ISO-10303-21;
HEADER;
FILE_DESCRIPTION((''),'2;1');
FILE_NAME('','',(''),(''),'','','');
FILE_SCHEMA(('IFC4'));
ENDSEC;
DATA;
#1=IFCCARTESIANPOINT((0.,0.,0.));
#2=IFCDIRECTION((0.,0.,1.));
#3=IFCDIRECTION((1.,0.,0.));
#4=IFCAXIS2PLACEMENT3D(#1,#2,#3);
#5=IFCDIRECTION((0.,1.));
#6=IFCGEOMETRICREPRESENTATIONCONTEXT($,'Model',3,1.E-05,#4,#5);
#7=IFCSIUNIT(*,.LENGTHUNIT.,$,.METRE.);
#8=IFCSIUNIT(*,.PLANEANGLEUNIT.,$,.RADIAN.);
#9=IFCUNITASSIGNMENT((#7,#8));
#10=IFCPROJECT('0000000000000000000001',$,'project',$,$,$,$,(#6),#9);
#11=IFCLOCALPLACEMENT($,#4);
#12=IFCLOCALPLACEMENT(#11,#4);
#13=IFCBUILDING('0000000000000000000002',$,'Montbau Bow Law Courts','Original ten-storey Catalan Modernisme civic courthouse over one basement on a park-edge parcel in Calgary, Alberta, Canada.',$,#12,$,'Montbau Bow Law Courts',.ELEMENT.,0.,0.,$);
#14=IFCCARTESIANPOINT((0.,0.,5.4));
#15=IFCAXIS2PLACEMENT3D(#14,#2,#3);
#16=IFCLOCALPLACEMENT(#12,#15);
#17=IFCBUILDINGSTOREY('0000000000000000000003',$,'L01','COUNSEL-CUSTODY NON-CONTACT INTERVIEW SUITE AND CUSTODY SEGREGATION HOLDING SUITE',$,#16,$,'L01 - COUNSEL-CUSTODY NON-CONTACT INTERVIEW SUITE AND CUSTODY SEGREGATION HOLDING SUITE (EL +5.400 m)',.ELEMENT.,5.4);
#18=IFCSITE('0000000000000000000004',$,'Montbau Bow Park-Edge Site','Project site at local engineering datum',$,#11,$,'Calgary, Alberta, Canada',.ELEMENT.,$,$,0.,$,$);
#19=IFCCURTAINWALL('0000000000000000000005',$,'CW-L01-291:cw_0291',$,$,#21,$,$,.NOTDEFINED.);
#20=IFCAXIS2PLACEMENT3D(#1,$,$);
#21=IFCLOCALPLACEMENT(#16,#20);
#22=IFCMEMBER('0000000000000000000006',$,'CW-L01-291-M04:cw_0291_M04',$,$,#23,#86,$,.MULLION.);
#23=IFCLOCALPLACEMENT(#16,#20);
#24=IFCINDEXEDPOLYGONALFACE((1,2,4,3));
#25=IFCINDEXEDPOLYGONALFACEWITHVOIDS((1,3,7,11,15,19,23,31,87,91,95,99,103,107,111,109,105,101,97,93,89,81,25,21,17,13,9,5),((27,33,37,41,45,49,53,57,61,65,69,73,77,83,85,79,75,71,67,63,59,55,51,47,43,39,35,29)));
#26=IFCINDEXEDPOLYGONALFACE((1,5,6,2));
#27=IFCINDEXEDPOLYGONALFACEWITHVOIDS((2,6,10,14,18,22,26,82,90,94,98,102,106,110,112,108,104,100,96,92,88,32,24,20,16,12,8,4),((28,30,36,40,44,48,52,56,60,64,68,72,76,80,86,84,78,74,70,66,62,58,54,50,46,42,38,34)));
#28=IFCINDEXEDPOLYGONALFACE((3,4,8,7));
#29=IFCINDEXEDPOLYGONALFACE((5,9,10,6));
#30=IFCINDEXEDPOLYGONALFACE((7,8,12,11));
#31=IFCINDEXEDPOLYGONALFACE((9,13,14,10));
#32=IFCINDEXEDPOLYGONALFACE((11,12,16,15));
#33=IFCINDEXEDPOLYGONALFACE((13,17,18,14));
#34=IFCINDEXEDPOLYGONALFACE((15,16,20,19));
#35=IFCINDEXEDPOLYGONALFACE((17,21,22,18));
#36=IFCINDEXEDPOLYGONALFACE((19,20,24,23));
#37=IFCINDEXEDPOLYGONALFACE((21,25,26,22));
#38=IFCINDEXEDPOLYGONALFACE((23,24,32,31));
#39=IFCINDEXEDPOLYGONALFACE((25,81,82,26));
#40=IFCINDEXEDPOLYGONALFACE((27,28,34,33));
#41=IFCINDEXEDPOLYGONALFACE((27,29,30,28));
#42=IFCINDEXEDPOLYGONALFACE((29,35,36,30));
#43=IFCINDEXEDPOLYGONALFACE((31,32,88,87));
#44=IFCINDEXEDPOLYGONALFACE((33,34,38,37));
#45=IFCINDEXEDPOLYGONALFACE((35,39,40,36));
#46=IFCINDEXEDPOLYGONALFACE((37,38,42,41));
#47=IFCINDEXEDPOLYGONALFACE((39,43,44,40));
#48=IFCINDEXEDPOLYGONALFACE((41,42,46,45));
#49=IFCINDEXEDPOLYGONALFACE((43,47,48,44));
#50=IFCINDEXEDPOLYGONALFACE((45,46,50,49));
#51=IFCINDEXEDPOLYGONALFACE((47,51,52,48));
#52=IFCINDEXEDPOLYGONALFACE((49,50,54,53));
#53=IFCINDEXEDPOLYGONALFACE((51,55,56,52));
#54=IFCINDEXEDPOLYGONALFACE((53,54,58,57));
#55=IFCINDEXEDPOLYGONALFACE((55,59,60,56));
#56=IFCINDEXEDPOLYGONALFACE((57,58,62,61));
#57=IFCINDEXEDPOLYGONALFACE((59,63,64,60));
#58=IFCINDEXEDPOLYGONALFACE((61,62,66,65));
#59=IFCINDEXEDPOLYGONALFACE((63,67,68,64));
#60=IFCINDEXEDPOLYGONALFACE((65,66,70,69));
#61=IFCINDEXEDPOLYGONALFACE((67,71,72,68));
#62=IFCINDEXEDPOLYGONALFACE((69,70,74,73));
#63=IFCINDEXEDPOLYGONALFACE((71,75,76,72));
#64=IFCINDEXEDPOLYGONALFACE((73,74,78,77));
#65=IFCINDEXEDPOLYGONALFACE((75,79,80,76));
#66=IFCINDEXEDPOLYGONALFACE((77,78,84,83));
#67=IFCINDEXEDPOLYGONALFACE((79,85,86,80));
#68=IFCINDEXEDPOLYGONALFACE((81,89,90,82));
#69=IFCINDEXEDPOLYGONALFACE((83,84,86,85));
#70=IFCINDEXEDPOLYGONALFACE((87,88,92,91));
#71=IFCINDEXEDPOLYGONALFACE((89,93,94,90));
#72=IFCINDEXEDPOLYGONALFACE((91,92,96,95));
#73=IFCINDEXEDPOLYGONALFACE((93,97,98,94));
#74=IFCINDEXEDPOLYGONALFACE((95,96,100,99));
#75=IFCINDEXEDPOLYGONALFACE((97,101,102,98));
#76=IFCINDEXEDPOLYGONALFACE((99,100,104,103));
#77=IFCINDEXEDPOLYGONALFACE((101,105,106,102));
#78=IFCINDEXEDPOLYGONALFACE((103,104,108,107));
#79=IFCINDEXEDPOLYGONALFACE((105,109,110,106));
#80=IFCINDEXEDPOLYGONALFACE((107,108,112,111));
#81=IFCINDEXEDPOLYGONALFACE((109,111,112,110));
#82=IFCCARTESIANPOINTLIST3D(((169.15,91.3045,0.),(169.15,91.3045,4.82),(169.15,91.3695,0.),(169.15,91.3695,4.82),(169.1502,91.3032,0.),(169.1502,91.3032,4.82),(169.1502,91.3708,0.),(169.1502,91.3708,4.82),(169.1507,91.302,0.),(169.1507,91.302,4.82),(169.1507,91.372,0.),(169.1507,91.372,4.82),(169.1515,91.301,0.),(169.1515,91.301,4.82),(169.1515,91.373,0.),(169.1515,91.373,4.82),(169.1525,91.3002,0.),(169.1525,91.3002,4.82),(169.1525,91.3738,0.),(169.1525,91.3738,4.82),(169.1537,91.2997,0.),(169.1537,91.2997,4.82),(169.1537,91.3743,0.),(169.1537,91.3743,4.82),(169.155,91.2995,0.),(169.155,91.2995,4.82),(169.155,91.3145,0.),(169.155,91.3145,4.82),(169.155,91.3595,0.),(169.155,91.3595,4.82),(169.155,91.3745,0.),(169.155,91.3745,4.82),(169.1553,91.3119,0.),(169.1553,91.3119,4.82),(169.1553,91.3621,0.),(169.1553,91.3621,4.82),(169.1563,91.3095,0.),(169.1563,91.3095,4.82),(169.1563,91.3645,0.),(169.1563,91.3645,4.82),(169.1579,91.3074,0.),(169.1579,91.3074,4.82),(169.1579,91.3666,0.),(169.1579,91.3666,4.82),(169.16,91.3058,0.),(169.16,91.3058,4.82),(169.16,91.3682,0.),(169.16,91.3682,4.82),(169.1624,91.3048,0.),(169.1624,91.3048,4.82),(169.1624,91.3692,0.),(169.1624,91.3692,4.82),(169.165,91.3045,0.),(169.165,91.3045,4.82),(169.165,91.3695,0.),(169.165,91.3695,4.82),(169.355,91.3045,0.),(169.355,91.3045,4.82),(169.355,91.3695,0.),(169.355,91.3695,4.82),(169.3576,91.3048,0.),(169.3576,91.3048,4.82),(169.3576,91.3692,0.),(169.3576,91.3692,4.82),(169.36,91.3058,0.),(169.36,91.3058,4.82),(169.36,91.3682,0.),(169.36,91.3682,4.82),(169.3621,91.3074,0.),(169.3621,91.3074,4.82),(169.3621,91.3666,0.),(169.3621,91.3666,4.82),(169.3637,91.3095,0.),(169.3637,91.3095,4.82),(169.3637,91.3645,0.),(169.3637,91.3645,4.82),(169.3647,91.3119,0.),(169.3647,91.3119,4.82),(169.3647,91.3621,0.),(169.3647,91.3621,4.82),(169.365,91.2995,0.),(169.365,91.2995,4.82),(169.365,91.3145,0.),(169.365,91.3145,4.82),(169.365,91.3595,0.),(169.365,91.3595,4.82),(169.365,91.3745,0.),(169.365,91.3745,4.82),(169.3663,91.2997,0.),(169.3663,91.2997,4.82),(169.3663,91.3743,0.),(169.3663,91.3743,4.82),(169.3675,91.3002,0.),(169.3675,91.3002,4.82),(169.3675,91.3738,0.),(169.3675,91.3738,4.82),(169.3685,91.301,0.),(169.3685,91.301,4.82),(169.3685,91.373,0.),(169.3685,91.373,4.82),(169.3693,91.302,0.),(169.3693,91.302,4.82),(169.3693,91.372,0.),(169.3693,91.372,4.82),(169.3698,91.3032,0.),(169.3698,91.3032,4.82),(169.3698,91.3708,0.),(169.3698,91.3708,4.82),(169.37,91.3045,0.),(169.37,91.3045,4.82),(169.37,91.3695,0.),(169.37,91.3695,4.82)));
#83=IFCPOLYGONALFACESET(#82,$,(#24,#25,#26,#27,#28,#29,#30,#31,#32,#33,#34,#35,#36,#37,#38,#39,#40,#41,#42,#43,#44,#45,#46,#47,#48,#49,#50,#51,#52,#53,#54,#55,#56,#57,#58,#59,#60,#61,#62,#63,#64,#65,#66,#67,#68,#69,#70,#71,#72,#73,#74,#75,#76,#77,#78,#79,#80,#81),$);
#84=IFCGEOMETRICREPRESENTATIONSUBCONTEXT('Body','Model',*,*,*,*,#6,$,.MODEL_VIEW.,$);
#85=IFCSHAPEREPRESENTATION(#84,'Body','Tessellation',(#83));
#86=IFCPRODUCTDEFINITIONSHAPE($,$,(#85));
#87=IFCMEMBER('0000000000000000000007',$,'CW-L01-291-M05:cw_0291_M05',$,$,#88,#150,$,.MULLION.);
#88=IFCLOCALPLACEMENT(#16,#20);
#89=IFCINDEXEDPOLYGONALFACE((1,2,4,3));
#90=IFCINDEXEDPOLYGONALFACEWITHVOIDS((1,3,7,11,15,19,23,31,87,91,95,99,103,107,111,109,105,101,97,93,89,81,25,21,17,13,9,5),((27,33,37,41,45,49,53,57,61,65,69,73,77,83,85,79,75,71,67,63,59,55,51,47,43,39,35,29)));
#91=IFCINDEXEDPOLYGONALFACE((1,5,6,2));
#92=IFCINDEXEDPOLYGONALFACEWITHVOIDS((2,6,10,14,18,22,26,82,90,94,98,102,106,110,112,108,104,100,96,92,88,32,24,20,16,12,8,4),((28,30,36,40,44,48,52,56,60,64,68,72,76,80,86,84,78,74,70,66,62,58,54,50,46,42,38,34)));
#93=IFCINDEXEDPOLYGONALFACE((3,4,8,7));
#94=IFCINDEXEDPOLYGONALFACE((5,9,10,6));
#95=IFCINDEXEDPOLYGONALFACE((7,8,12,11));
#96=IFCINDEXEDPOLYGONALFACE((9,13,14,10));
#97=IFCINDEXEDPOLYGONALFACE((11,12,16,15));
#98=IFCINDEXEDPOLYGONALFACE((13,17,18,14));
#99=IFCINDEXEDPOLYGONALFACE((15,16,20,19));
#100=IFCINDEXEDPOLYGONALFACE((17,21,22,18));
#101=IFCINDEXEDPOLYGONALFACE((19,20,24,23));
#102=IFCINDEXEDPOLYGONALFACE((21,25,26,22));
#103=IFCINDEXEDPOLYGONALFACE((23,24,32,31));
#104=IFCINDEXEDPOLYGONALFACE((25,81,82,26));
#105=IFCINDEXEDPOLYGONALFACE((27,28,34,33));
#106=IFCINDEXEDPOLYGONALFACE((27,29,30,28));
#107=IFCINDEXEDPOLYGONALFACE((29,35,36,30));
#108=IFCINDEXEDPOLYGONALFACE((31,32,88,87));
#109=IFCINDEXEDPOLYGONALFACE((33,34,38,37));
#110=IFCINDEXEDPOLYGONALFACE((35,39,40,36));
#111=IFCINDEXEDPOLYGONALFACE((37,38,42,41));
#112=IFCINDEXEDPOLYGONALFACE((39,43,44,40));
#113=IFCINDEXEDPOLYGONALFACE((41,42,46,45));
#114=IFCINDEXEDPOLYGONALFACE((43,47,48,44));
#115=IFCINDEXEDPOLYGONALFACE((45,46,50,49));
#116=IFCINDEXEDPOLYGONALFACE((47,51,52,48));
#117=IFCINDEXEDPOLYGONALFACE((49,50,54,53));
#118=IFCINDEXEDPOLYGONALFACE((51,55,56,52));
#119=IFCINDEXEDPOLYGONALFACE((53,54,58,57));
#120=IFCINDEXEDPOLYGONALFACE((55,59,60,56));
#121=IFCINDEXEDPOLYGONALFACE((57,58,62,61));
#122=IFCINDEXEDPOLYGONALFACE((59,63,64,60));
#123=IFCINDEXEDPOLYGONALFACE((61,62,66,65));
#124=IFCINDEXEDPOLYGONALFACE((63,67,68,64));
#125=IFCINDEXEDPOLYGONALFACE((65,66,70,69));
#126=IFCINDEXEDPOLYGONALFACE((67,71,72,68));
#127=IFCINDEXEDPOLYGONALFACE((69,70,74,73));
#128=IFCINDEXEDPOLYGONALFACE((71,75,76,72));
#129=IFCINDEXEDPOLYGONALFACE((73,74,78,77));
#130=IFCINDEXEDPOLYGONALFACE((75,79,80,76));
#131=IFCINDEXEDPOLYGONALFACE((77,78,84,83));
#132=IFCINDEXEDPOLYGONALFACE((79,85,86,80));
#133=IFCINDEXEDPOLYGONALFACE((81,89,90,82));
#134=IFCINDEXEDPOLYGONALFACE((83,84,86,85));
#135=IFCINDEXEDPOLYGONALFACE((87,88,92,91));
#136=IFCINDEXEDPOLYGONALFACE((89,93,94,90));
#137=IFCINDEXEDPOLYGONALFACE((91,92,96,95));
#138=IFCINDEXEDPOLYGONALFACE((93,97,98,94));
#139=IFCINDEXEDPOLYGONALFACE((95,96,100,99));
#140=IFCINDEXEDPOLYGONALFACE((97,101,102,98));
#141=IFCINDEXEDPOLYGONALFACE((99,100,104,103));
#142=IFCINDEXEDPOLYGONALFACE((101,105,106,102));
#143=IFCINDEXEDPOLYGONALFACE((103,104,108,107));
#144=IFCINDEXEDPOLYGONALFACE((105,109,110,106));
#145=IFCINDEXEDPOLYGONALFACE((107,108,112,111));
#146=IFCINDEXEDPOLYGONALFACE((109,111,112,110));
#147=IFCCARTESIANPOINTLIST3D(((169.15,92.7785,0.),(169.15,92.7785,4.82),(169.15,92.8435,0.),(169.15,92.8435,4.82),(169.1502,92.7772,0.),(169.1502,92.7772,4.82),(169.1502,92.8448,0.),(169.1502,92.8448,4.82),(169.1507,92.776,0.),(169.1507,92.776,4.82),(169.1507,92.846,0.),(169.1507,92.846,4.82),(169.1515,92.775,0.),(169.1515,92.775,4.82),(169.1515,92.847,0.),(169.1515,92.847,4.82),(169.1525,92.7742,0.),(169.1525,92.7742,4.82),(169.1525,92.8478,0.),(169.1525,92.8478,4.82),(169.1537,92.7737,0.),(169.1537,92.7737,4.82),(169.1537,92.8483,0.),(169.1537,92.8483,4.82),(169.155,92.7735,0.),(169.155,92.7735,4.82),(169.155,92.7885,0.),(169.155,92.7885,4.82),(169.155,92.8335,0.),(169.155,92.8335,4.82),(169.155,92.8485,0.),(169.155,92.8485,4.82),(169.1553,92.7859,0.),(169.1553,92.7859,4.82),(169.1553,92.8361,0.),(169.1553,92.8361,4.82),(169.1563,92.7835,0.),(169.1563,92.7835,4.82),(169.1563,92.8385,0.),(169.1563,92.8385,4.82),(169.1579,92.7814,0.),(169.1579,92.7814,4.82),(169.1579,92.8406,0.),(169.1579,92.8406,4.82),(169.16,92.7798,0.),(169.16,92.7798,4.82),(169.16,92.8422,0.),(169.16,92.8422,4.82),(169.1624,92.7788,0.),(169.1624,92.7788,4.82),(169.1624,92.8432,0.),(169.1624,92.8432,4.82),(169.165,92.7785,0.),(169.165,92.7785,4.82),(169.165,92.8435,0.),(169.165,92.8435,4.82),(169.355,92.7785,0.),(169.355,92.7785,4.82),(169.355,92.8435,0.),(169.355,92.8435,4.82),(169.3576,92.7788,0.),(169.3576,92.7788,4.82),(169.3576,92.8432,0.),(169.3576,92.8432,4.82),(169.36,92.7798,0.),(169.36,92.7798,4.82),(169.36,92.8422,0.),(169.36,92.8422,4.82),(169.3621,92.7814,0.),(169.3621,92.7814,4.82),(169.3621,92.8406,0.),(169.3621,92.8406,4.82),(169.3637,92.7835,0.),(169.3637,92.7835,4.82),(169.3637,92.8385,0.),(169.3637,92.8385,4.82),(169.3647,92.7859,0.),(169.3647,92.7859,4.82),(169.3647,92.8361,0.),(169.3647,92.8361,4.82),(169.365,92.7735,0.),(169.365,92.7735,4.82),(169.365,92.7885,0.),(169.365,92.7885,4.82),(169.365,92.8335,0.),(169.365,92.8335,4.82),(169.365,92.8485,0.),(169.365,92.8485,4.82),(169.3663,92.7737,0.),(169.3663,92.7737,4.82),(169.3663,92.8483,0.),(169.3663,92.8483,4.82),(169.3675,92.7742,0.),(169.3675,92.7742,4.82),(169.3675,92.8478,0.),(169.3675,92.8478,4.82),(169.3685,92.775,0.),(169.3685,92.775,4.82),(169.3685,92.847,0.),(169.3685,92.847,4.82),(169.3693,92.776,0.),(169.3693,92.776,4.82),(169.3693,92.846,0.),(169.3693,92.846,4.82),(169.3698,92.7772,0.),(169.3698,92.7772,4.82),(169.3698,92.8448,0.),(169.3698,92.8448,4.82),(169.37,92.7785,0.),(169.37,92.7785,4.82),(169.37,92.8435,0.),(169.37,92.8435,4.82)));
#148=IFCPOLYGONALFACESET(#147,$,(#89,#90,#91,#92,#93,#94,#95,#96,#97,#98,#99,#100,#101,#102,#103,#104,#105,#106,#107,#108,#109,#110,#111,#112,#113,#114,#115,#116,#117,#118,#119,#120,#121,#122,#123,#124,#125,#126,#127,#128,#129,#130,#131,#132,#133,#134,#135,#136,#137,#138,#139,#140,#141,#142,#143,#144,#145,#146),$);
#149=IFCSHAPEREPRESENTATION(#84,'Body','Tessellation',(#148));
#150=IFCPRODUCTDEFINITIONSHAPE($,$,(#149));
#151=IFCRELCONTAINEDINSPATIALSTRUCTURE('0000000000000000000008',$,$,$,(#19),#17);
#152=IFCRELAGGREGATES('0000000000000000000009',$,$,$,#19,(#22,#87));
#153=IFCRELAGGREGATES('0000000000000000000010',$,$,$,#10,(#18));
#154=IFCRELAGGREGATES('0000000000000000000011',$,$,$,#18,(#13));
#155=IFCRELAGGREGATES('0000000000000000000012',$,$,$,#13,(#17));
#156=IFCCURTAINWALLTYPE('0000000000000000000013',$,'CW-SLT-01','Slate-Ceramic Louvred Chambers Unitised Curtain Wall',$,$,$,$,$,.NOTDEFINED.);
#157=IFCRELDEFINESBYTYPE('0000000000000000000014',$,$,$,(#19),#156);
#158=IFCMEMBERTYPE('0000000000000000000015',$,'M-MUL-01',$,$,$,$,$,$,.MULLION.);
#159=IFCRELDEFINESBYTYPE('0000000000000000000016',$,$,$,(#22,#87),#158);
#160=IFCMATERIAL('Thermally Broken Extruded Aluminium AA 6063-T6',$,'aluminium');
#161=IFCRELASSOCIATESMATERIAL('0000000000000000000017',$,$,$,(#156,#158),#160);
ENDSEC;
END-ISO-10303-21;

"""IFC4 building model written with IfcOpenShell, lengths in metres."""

from ifc_helpers import new_model, si_unit, direction, frame, origin_with_axes, origin_2d_with_axis, place, context, subcontext, project, spatial, hollow_rectangle, extrude, material, material_profile, profile_set, type_object, element, aggregate, save


model = new_model("IFC4")

# Units and contexts
model_context = context("Model", 3, precision=1e-05, world=origin_with_axes(), true_north=direction((0.0, 1.0)))
body_context = subcontext(model_context, "Body", "Model", "MODEL_VIEW")
ifc_project = project(units=[si_unit("LENGTHUNIT", "METRE"), si_unit("PLANEANGLEUNIT", "RADIAN")], contexts=[model_context])

# Site, building, storey
site_placement = place(None, origin_with_axes())
site = spatial("IfcSite", under=ifc_project, at=site_placement, Name="Montbau Bow Park-Edge Site", Description="Project site at local engineering datum", LongName="Calgary, Alberta, Canada", CompositionType="ELEMENT", RefElevation=0.0)
building_placement = place(site_placement, origin_with_axes())
building = spatial("IfcBuilding", under=site, at=building_placement, Name="Montbau Bow Law Courts", Description="Original ten-storey Catalan Modernisme civic courthouse over one basement on a park-edge parcel in Calgary, Alberta, Canada.", LongName="Montbau Bow Law Courts", CompositionType="ELEMENT", ElevationOfRefHeight=0.0, ElevationOfTerrain=0.0)
storey_placement = place(building_placement, frame((0.0, 0.0, 5.4), z_axis=(0.0, 0.0, 1.0), x_axis=(1.0, 0.0, 0.0)))
storey = spatial("IfcBuildingStorey", under=building, at=storey_placement, Name="L01", Description="COUNSEL-CUSTODY NON-CONTACT INTERVIEW SUITE AND CUSTODY SEGREGATION HOLDING SUITE", LongName="L01 - COUNSEL-CUSTODY NON-CONTACT INTERVIEW SUITE AND CUSTODY SEGREGATION HOLDING SUITE (EL +5.400 m)", CompositionType="ELEMENT", Elevation=5.4)

# Curtain wall, members
ifc_material_1 = material(Name="Thermally Broken Extruded Aluminium AA 6063-T6", Category="aluminium")
curtain_wall_type = type_object("IfcCurtainWallType", Name="CW-SLT-01", Description="Slate-Ceramic Louvred Chambers Unitised Curtain Wall", PredefinedType="NOTDEFINED", material=ifc_material_1)
curtain_wall_1_placement = place(None, frame((169.26, 86.915, 5.4), z_axis=(0.0, 0.0, 1.0), x_axis=(1.0, 0.0, 0.0)))
curtain_wall_1 = element("IfcCurtainWall", 1, at=curtain_wall_1_placement, inside=storey, type_object=curtain_wall_type, Name="CW-L01-291:cw_0291", PredefinedType="NOTDEFINED")
ifc_material_profile_1 = material_profile(ifc_material_1, hollow_rectangle(XDim=0.075, YDim=0.22, WallThickness=0.005, InnerFilletRadius=0.01, OuterFilletRadius=0.005, at=origin_2d_with_axis()), Name="CWM-220X75", Category="Main", Priority=0)
ifc_profile_set_1 = profile_set([ifc_material_profile_1], Name="Thermally Broken Extruded Aluminium AA 6063-T6")
member_type_1 = type_object("IfcMemberType", Name="M-MUL-01", PredefinedType="MULLION", material=ifc_profile_set_1)
member_1_placement = place(None, frame((169.26, 91.337, 5.4), z_axis=(0.0, 0.0, 1.0), x_axis=(0.0, 1.0, 0.0)))
member_1 = element("IfcMember", 2, at=member_1_placement, type_object=member_type_1, Name="CW-L01-291-M04:cw_0291_M04", PredefinedType="MULLION", context=body_context, shape_type="SweptSolid", body=[
    extrude(hollow_rectangle(XDim=0.075, YDim=0.22, WallThickness=0.005, InnerFilletRadius=0.01, OuterFilletRadius=0.005, at=origin_2d_with_axis()), origin_with_axes(), (0.0, 0.0, 1.0), 4.82),
])
member_2_placement = place(None, frame((169.26, 92.811, 5.4), z_axis=(0.0, 0.0, 1.0), x_axis=(0.0, 1.0, 0.0)))
member_2 = element("IfcMember", 3, at=member_2_placement, type_object=member_type_1, Name="CW-L01-291-M05:cw_0291_M05", PredefinedType="MULLION", context=body_context, shape_type="SweptSolid", body=[
    extrude(hollow_rectangle(XDim=0.075, YDim=0.22, WallThickness=0.005, InnerFilletRadius=0.01, OuterFilletRadius=0.005, at=origin_2d_with_axis()), origin_with_axes(), (0.0, 0.0, 1.0), 4.82),
])

aggregate(curtain_wall_1, [member_1, member_2])

save(model, "model.ifc")
